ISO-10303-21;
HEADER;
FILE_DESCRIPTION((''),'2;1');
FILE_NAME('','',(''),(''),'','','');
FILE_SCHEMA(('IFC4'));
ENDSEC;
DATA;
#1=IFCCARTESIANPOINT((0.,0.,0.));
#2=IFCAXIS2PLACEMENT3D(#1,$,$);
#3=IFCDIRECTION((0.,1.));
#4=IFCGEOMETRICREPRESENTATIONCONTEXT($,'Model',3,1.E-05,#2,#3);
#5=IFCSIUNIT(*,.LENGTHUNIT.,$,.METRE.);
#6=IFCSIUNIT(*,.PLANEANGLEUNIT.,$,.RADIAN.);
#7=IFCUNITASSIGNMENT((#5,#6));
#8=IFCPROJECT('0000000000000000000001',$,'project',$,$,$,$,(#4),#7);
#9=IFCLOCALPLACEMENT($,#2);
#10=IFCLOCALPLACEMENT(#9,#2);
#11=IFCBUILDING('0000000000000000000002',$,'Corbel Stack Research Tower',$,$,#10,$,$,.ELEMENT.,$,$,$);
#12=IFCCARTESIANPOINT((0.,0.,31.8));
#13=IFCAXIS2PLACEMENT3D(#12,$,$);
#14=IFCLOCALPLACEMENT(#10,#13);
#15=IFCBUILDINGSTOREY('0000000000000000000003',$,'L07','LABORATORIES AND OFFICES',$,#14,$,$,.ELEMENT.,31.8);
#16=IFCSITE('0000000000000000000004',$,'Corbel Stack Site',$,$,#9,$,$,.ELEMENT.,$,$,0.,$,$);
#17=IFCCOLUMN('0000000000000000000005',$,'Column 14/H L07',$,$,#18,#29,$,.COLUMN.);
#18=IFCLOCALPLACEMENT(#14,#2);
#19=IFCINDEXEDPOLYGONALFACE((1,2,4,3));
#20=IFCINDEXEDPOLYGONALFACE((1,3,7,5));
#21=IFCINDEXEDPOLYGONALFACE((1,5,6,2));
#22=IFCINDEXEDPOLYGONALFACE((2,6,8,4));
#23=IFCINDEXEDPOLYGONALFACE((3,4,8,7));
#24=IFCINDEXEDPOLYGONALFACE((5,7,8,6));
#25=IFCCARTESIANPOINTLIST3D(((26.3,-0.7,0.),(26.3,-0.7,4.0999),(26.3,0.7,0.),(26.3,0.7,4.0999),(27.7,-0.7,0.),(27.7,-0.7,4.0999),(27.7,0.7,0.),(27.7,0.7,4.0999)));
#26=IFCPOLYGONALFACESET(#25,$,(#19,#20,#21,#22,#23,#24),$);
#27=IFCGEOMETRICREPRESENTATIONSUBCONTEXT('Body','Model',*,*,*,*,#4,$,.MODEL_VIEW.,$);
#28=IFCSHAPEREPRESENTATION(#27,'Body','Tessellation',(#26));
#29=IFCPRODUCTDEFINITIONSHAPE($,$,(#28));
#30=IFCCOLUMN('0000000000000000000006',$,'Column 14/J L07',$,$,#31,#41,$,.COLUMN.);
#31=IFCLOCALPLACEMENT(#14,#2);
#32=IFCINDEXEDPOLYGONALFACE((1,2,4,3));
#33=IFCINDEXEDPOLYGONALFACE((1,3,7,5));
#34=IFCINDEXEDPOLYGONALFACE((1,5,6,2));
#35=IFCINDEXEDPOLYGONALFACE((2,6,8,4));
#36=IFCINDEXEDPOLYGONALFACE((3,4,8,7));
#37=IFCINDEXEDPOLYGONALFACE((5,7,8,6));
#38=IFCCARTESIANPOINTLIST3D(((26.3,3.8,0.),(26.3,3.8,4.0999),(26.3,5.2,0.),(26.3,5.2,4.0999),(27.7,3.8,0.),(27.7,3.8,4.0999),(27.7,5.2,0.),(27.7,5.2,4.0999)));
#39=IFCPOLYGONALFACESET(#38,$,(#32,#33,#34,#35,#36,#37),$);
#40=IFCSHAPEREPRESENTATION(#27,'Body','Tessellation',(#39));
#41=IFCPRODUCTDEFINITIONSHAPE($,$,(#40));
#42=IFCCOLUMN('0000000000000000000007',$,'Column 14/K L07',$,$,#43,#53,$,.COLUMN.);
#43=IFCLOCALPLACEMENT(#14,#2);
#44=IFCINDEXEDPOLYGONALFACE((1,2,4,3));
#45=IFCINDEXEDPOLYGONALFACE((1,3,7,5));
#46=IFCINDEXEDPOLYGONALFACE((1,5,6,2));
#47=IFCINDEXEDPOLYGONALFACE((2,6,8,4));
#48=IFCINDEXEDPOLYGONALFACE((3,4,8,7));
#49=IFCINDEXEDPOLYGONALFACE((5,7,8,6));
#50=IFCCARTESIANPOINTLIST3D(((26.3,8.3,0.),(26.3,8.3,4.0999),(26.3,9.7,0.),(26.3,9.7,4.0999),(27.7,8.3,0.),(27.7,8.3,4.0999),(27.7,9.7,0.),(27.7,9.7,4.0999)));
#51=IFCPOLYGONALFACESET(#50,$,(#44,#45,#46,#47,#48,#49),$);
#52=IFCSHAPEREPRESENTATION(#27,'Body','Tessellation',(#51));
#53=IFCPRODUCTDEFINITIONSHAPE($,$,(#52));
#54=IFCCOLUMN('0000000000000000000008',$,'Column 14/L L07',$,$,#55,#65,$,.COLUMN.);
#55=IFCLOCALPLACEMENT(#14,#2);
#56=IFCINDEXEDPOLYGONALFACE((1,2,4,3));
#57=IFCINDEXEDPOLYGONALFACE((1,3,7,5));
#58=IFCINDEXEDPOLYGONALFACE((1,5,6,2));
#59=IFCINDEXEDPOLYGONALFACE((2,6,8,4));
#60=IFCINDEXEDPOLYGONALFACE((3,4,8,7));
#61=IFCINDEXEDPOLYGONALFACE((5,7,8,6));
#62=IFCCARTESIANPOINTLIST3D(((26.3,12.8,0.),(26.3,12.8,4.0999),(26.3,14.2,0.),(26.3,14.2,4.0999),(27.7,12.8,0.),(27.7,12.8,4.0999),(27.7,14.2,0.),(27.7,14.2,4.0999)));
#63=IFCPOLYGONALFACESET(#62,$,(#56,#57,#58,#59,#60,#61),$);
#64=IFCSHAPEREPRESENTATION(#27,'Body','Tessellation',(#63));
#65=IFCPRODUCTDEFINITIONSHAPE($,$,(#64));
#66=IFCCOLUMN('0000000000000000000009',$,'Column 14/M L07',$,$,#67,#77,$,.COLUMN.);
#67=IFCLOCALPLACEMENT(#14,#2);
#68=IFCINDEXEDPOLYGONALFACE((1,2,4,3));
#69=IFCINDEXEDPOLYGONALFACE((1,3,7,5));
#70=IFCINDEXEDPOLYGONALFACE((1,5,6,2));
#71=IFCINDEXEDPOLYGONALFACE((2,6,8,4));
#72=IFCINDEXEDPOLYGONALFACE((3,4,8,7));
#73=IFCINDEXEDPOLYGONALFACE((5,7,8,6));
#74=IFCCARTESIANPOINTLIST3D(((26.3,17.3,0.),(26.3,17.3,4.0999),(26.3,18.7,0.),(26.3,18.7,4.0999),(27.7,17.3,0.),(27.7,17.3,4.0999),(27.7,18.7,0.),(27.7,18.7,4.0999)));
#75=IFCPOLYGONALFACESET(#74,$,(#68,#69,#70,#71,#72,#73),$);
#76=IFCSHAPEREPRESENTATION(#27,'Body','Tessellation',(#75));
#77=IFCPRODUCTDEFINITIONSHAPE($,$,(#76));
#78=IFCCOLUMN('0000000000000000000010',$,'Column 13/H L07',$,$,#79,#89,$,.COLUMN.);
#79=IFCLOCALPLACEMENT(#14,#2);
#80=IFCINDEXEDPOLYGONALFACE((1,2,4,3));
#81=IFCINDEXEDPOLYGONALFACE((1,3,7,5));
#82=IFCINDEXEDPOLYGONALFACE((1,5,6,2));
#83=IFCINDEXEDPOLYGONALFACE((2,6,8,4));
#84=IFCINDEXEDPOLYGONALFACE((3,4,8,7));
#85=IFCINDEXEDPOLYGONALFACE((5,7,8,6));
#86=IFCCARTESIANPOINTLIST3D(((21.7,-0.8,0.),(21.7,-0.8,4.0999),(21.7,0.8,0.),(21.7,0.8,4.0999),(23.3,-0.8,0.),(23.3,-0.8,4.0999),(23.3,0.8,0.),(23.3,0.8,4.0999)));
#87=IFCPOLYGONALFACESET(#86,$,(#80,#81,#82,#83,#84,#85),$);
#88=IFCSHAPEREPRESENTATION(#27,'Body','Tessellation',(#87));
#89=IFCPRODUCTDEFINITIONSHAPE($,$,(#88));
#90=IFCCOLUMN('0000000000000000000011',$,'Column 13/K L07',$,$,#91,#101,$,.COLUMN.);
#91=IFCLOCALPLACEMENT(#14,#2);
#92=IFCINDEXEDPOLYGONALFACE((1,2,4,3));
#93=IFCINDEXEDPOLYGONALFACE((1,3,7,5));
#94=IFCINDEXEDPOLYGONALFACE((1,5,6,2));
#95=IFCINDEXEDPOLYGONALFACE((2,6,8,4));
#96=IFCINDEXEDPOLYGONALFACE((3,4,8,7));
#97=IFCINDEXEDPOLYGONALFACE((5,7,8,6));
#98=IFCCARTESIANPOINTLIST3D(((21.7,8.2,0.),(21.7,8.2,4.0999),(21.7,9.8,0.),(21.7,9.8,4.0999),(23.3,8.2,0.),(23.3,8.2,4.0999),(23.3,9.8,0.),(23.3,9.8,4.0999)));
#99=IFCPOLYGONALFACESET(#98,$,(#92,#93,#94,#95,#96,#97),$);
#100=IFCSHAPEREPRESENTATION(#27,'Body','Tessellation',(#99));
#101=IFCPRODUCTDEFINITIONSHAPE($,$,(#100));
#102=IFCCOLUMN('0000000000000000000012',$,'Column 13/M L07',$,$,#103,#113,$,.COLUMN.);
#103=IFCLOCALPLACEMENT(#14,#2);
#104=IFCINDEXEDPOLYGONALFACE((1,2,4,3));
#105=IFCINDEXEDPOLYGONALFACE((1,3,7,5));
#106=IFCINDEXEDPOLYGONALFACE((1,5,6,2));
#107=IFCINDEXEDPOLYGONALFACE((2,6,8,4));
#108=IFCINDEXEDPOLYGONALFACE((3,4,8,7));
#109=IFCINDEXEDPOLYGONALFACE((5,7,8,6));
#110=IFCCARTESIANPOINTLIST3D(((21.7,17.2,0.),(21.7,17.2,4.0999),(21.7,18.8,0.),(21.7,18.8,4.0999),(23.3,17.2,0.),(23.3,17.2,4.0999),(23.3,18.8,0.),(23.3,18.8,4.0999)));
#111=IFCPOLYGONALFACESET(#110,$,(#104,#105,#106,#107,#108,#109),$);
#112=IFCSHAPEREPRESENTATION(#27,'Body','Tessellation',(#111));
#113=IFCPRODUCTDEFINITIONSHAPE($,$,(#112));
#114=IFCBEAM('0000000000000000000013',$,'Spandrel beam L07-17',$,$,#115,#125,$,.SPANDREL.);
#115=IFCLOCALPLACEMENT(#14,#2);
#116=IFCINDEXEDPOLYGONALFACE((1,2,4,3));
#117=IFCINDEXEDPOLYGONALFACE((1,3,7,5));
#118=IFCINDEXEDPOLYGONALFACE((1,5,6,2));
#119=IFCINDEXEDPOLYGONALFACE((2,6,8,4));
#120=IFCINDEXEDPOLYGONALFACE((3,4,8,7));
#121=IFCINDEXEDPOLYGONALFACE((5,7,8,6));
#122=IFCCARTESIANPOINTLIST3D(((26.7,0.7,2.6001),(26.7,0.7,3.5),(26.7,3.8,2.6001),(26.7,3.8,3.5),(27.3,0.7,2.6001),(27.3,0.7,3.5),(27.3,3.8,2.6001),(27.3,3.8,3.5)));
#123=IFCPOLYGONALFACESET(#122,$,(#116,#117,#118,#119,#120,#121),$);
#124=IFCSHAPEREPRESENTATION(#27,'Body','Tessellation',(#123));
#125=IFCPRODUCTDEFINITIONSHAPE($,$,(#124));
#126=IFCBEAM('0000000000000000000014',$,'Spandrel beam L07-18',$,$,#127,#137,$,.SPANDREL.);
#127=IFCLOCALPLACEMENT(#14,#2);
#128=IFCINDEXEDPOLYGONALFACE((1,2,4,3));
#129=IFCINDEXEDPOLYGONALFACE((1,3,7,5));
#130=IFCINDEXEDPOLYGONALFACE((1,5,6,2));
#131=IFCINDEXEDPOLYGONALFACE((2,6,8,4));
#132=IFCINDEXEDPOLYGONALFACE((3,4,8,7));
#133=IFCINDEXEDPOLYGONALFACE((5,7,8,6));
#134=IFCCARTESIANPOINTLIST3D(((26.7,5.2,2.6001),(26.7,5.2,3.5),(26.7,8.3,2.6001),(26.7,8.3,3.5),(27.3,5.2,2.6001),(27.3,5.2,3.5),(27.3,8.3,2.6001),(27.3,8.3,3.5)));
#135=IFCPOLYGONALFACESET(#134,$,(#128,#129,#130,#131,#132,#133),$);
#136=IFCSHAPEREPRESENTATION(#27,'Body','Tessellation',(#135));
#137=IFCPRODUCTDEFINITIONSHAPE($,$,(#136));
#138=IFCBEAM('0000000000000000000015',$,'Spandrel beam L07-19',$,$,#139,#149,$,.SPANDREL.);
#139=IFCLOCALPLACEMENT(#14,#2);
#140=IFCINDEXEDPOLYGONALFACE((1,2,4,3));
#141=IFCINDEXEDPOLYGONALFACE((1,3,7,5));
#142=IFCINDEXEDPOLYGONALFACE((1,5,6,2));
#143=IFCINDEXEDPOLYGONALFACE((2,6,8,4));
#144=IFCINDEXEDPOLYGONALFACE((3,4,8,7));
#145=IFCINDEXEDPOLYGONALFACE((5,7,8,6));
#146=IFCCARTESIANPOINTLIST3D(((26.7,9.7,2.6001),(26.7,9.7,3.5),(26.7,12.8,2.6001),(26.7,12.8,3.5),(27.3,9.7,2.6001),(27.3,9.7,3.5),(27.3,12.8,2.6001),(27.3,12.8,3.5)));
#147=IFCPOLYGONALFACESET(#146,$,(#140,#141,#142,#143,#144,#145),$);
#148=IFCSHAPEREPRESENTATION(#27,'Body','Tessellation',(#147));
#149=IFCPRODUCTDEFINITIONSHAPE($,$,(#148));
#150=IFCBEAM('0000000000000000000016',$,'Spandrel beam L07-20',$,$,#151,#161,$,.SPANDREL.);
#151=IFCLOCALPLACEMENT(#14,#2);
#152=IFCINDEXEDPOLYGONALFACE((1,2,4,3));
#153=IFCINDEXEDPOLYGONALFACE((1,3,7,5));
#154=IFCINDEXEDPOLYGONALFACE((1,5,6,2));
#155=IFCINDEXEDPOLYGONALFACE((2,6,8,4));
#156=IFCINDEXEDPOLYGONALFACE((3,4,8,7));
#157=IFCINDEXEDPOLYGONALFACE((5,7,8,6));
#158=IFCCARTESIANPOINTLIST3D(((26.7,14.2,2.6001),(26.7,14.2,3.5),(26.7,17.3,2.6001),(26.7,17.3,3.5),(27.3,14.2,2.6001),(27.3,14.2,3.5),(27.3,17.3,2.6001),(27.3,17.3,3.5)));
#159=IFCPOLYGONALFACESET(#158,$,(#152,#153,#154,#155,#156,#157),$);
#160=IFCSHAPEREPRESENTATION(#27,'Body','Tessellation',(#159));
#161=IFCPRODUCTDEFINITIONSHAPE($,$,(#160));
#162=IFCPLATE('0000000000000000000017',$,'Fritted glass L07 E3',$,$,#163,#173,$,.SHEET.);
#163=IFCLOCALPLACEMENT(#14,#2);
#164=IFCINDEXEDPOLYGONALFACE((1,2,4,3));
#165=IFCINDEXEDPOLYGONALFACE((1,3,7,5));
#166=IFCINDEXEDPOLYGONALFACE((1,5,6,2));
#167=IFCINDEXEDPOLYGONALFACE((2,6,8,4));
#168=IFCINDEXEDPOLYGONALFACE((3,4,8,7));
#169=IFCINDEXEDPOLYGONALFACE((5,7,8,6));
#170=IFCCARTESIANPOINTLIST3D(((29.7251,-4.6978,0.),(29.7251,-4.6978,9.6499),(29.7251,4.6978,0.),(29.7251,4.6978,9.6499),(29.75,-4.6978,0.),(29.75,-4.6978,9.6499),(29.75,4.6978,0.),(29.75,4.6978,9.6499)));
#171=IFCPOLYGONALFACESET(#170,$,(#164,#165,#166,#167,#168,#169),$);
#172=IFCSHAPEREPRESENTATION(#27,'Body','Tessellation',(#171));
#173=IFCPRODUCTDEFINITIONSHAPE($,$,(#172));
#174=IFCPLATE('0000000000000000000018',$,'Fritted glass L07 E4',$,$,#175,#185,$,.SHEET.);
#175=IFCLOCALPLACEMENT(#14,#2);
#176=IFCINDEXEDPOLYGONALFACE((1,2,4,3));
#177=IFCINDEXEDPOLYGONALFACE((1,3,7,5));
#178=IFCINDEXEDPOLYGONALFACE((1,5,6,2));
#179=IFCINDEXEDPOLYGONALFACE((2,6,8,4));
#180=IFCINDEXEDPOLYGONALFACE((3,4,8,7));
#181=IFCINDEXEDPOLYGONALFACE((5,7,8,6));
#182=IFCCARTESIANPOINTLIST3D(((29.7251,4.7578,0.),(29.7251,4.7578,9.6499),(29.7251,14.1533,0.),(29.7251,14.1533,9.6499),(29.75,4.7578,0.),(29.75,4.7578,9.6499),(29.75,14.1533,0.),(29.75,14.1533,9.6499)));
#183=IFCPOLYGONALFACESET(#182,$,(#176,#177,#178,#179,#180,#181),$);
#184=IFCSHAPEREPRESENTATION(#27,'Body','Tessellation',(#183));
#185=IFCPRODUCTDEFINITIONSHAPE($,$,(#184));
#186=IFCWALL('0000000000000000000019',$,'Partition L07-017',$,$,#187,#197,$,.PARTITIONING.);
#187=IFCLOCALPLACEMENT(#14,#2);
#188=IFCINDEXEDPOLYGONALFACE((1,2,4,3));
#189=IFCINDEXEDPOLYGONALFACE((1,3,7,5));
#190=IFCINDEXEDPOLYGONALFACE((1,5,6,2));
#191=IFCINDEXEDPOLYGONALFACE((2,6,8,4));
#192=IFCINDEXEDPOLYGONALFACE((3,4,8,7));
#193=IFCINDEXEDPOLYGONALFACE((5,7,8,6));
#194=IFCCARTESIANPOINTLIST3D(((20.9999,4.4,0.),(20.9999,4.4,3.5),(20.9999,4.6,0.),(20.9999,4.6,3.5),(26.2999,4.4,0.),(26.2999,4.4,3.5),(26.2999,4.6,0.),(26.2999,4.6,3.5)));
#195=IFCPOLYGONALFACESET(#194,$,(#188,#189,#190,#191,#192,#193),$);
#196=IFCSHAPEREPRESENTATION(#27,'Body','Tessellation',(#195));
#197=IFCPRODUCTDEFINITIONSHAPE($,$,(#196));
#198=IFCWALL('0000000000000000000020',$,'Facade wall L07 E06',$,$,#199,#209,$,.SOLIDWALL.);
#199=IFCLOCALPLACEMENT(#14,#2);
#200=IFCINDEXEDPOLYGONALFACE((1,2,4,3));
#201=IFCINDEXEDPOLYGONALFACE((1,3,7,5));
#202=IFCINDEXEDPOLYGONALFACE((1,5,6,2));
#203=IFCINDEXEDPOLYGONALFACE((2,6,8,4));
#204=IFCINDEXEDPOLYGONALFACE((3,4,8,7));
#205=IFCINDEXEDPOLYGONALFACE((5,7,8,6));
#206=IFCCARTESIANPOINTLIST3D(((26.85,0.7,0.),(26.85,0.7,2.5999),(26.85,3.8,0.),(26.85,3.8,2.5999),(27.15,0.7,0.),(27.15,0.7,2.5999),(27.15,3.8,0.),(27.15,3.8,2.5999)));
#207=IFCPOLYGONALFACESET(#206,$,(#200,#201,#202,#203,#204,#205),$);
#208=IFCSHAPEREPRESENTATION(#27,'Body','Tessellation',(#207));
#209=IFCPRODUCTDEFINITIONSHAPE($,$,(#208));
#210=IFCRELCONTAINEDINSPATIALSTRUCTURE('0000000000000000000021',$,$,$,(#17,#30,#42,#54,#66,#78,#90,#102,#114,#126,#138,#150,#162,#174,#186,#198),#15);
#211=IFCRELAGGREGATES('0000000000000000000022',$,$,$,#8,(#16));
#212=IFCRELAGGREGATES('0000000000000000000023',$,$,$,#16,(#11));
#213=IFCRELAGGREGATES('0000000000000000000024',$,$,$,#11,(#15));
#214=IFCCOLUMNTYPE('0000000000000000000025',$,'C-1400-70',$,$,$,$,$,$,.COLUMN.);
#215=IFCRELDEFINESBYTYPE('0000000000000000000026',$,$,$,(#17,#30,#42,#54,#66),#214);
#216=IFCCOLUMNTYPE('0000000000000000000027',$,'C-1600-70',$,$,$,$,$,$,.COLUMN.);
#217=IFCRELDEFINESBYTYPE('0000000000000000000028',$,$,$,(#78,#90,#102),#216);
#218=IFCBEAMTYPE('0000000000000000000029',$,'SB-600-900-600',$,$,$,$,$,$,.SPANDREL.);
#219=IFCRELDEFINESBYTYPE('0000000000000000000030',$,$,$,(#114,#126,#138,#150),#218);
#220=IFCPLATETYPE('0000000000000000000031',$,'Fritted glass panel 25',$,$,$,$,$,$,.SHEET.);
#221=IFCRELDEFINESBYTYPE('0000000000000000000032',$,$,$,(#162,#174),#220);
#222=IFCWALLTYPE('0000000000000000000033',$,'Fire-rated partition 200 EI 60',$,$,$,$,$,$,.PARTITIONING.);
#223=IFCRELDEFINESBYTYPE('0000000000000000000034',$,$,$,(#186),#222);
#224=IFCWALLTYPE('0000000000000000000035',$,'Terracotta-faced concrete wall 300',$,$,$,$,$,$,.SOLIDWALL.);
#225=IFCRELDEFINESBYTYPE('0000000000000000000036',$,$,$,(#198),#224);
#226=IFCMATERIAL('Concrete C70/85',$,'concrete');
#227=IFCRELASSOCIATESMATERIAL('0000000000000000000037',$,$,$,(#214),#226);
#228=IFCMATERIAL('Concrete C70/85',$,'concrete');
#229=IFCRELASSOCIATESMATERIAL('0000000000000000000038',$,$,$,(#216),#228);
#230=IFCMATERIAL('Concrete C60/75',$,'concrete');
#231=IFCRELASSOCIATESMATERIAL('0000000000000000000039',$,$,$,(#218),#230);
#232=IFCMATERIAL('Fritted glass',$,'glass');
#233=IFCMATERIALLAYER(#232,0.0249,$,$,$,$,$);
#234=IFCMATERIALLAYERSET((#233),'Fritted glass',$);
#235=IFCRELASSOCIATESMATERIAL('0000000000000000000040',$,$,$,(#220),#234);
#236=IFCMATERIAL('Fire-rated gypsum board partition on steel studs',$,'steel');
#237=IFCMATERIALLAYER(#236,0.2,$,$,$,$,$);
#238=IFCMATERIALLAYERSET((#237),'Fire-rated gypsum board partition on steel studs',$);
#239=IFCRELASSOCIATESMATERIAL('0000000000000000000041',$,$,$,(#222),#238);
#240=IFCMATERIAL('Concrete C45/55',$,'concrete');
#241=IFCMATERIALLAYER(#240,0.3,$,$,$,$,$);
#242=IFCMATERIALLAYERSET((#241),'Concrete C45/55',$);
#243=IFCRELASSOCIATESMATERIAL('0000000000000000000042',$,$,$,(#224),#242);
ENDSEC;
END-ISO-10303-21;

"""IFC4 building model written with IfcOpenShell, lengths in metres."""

from ifc_helpers import new_model, si_unit, direction, frame, frame_2d, origin, origin_2d, place, context, subcontext, project, spatial, rectangle, extrude, material, layer, layer_set, material_profile, profile_set, type_object, element, save


model = new_model("IFC4")

# Units and contexts
model_context = context("Model", 3, precision=1e-05, world=origin(), true_north=direction((0.0, 1.0)))
body_context = subcontext(model_context, "Body", "Model", "MODEL_VIEW")
ifc_project = project(units=[si_unit("LENGTHUNIT", "METRE"), si_unit("PLANEANGLEUNIT", "RADIAN")], contexts=[model_context])

# Site, building, storey
site_placement = place(None, origin())
site = spatial("IfcSite", under=ifc_project, at=site_placement, Name="Corbel Stack Site", CompositionType="ELEMENT", RefElevation=0.0)
building_placement = place(site_placement, origin())
building = spatial("IfcBuilding", under=site, at=building_placement, Name="Corbel Stack Research Tower", CompositionType="ELEMENT")
storey_placement = place(building_placement, frame((0.0, 0.0, 31.8)))
storey = spatial("IfcBuildingStorey", under=building, at=storey_placement, Name="L07", Description="LABORATORIES AND OFFICES", CompositionType="ELEMENT", Elevation=31.8)

# Columns
ifc_material_1 = material(Name="Concrete C70/85", Category="concrete")
ifc_material_profile_1 = material_profile(ifc_material_1, rectangle(XDim=1.3999, YDim=1.3999, at=origin_2d()), Name="RC 1400 x 1400")
ifc_profile_set_1 = profile_set([ifc_material_profile_1], Name="Concrete C70/85")
column_type_1 = type_object("IfcColumnType", Name="C-1400-70", PredefinedType="COLUMN", material=ifc_profile_set_1)
for number, where, z_axis, x_axis, name in (
    (1, (27.0, 0.0, 0.0), (0.0, 0.0, 1.0), (1.0, 0.0, 0.0), "Column 14/H L07"),
    (2, (27.0, 4.5, 0.0), (0.0, 0.0, 1.0), (1.0, 0.0, 0.0), "Column 14/J L07"),
    (3, (27.0, 9.0, 0.0), (0.0, 0.0, 1.0), (1.0, 0.0, 0.0), "Column 14/K L07"),
    (4, (27.0, 13.5, 0.0), (0.0, 0.0, 1.0), (1.0, 0.0, 0.0), "Column 14/L L07"),
    (5, (27.0, 18.0, 0.0), (0.0, 0.0, 1.0), (1.0, 0.0, 0.0), "Column 14/M L07"),
):
    element("IfcColumn", number, at=place(storey_placement, frame(where, z_axis=z_axis, x_axis=x_axis)), inside=storey, type_object=column_type_1, Name=name, PredefinedType="COLUMN", context=body_context, shape_type="SweptSolid", body=[
        extrude(rectangle(XDim=1.3999, YDim=1.3999, at=origin_2d()), origin(), (0.0, 0.0, 1.0), 4.0999),
    ])
ifc_material_2 = material(Name="Concrete C70/85", Category="concrete")
ifc_material_profile_2 = material_profile(ifc_material_2, rectangle(XDim=1.6001, YDim=1.6001, at=origin_2d()), Name="RC 1600 x 1600")
ifc_profile_set_2 = profile_set([ifc_material_profile_2], Name="Concrete C70/85")
column_type_2 = type_object("IfcColumnType", Name="C-1600-70", PredefinedType="COLUMN", material=ifc_profile_set_2)
for number, where, z_axis, x_axis, name in (
    (6, (22.5, 0.0, 0.0), (0.0, 0.0, 1.0), (1.0, 0.0, 0.0), "Column 13/H L07"),
    (7, (22.5, 9.0, 0.0), (0.0, 0.0, 1.0), (1.0, 0.0, 0.0), "Column 13/K L07"),
    (8, (22.5, 18.0, 0.0), (0.0, 0.0, 1.0), (1.0, 0.0, 0.0), "Column 13/M L07"),
):
    element("IfcColumn", number, at=place(storey_placement, frame(where, z_axis=z_axis, x_axis=x_axis)), inside=storey, type_object=column_type_2, Name=name, PredefinedType="COLUMN", context=body_context, shape_type="SweptSolid", body=[
        extrude(rectangle(XDim=1.6001, YDim=1.6001, at=origin_2d()), origin(), (0.0, 0.0, 1.0), 4.0999),
    ])

# Beams
ifc_material_3 = material(Name="Concrete C60/75", Category="concrete")
ifc_material_profile_3 = material_profile(ifc_material_3, rectangle(XDim=0.6001, YDim=0.8999, at=origin_2d()), Name="RC 600 x 900")
ifc_profile_set_3 = profile_set([ifc_material_profile_3], Name="Concrete C60/75")
beam_type = type_object("IfcBeamType", Name="SB-600-900-600", PredefinedType="SPANDREL", material=ifc_profile_set_3)
for number, where, z_axis, x_axis, name in (
    (9, (27.0, 0.7, 3.05), (0.0, 1.0, 0.0), (-1.0, 0.0, 0.0), "Spandrel beam L07-17"),
    (10, (27.0, 5.2, 3.05), (0.0, 1.0, 0.0), (-1.0, 0.0, 0.0), "Spandrel beam L07-18"),
    (11, (27.0, 9.7, 3.05), (0.0, 1.0, 0.0), (-1.0, 0.0, 0.0), "Spandrel beam L07-19"),
    (12, (27.0, 14.2, 3.05), (0.0, 1.0, 0.0), (-1.0, 0.0, 0.0), "Spandrel beam L07-20"),
):
    element("IfcBeam", number, at=place(storey_placement, frame(where, z_axis=z_axis, x_axis=x_axis)), inside=storey, type_object=beam_type, Name=name, PredefinedType="SPANDREL", context=body_context, shape_type="SweptSolid", body=[
        extrude(rectangle(XDim=0.6001, YDim=0.8999, at=origin_2d()), origin(), (0.0, 0.0, 1.0), 3.1001),
    ])

# Plates
ifc_material_4 = material(Name="Fritted glass", Category="glass")
ifc_layer_1 = layer(ifc_material_4, 0.0249)
ifc_layer_set_1 = layer_set([ifc_layer_1], Name="Fritted glass")
plate_type = type_object("IfcPlateType", Name="Fritted glass panel 25", PredefinedType="SHEET", material=ifc_layer_set_1)
for number, where, z_axis, x_axis, name in (
    (13, (29.7375, 0.0, 0.0), (0.0, 0.0, 1.0), (0.0, 1.0, 0.0), "Fritted glass L07 E3"),
    (14, (29.7375, 9.4556, 0.0), (0.0, 0.0, 1.0), (0.0, 1.0, 0.0), "Fritted glass L07 E4"),
):
    element("IfcPlate", number, at=place(storey_placement, frame(where, z_axis=z_axis, x_axis=x_axis)), inside=storey, type_object=plate_type, Name=name, PredefinedType="SHEET", context=body_context, shape_type="SweptSolid", body=[
        extrude(rectangle(XDim=9.3955, YDim=0.0249, at=origin_2d()), origin(), (0.0, 0.0, 1.0), 9.6499),
    ])

# Walls
ifc_material_5 = material(Name="Fire-rated gypsum board partition on steel studs", Category="steel")
ifc_layer_2 = layer(ifc_material_5, 0.2)
ifc_layer_set_2 = layer_set([ifc_layer_2], Name="Fire-rated gypsum board partition on steel studs")
wall_type_1 = type_object("IfcWallType", Name="Fire-rated partition 200 EI 60", PredefinedType="PARTITIONING", material=ifc_layer_set_2)
wall_1_placement = place(storey_placement, frame((21.0, 4.5, 0.0), z_axis=(0.0, 0.0, 1.0), x_axis=(1.0, 0.0, 0.0)))
element("IfcWall", 15, at=wall_1_placement, inside=storey, type_object=wall_type_1, Name="Partition L07-017", PredefinedType="PARTITIONING", context=body_context, shape_type="SweptSolid", body=[
    extrude(rectangle(XDim=5.3, YDim=0.2, at=frame_2d((2.6499, 0.0))), origin(), (0.0, 0.0, 1.0), 3.5),
])
ifc_material_6 = material(Name="Concrete C45/55", Category="concrete")
ifc_layer_3 = layer(ifc_material_6, 0.3)
ifc_layer_set_3 = layer_set([ifc_layer_3], Name="Concrete C45/55")
wall_type_2 = type_object("IfcWallType", Name="Terracotta-faced concrete wall 300", PredefinedType="SOLIDWALL", material=ifc_layer_set_3)
for number, where, z_axis, x_axis, name in (
    (16, (27.0, 3.8, 0.0), (0.0, 0.0, 1.0), (0.0, -1.0, 0.0), "Facade wall L07 E06"),
):
    element("IfcWall", number, at=place(storey_placement, frame(where, z_axis=z_axis, x_axis=x_axis)), inside=storey, type_object=wall_type_2, Name=name, PredefinedType="SOLIDWALL", context=body_context, shape_type="SweptSolid", body=[
        extrude(rectangle(XDim=3.1001, YDim=0.3, at=frame_2d((1.55, 0.0))), origin(), (0.0, 0.0, 1.0), 2.5999),
    ])

save(model, "model.ifc")
